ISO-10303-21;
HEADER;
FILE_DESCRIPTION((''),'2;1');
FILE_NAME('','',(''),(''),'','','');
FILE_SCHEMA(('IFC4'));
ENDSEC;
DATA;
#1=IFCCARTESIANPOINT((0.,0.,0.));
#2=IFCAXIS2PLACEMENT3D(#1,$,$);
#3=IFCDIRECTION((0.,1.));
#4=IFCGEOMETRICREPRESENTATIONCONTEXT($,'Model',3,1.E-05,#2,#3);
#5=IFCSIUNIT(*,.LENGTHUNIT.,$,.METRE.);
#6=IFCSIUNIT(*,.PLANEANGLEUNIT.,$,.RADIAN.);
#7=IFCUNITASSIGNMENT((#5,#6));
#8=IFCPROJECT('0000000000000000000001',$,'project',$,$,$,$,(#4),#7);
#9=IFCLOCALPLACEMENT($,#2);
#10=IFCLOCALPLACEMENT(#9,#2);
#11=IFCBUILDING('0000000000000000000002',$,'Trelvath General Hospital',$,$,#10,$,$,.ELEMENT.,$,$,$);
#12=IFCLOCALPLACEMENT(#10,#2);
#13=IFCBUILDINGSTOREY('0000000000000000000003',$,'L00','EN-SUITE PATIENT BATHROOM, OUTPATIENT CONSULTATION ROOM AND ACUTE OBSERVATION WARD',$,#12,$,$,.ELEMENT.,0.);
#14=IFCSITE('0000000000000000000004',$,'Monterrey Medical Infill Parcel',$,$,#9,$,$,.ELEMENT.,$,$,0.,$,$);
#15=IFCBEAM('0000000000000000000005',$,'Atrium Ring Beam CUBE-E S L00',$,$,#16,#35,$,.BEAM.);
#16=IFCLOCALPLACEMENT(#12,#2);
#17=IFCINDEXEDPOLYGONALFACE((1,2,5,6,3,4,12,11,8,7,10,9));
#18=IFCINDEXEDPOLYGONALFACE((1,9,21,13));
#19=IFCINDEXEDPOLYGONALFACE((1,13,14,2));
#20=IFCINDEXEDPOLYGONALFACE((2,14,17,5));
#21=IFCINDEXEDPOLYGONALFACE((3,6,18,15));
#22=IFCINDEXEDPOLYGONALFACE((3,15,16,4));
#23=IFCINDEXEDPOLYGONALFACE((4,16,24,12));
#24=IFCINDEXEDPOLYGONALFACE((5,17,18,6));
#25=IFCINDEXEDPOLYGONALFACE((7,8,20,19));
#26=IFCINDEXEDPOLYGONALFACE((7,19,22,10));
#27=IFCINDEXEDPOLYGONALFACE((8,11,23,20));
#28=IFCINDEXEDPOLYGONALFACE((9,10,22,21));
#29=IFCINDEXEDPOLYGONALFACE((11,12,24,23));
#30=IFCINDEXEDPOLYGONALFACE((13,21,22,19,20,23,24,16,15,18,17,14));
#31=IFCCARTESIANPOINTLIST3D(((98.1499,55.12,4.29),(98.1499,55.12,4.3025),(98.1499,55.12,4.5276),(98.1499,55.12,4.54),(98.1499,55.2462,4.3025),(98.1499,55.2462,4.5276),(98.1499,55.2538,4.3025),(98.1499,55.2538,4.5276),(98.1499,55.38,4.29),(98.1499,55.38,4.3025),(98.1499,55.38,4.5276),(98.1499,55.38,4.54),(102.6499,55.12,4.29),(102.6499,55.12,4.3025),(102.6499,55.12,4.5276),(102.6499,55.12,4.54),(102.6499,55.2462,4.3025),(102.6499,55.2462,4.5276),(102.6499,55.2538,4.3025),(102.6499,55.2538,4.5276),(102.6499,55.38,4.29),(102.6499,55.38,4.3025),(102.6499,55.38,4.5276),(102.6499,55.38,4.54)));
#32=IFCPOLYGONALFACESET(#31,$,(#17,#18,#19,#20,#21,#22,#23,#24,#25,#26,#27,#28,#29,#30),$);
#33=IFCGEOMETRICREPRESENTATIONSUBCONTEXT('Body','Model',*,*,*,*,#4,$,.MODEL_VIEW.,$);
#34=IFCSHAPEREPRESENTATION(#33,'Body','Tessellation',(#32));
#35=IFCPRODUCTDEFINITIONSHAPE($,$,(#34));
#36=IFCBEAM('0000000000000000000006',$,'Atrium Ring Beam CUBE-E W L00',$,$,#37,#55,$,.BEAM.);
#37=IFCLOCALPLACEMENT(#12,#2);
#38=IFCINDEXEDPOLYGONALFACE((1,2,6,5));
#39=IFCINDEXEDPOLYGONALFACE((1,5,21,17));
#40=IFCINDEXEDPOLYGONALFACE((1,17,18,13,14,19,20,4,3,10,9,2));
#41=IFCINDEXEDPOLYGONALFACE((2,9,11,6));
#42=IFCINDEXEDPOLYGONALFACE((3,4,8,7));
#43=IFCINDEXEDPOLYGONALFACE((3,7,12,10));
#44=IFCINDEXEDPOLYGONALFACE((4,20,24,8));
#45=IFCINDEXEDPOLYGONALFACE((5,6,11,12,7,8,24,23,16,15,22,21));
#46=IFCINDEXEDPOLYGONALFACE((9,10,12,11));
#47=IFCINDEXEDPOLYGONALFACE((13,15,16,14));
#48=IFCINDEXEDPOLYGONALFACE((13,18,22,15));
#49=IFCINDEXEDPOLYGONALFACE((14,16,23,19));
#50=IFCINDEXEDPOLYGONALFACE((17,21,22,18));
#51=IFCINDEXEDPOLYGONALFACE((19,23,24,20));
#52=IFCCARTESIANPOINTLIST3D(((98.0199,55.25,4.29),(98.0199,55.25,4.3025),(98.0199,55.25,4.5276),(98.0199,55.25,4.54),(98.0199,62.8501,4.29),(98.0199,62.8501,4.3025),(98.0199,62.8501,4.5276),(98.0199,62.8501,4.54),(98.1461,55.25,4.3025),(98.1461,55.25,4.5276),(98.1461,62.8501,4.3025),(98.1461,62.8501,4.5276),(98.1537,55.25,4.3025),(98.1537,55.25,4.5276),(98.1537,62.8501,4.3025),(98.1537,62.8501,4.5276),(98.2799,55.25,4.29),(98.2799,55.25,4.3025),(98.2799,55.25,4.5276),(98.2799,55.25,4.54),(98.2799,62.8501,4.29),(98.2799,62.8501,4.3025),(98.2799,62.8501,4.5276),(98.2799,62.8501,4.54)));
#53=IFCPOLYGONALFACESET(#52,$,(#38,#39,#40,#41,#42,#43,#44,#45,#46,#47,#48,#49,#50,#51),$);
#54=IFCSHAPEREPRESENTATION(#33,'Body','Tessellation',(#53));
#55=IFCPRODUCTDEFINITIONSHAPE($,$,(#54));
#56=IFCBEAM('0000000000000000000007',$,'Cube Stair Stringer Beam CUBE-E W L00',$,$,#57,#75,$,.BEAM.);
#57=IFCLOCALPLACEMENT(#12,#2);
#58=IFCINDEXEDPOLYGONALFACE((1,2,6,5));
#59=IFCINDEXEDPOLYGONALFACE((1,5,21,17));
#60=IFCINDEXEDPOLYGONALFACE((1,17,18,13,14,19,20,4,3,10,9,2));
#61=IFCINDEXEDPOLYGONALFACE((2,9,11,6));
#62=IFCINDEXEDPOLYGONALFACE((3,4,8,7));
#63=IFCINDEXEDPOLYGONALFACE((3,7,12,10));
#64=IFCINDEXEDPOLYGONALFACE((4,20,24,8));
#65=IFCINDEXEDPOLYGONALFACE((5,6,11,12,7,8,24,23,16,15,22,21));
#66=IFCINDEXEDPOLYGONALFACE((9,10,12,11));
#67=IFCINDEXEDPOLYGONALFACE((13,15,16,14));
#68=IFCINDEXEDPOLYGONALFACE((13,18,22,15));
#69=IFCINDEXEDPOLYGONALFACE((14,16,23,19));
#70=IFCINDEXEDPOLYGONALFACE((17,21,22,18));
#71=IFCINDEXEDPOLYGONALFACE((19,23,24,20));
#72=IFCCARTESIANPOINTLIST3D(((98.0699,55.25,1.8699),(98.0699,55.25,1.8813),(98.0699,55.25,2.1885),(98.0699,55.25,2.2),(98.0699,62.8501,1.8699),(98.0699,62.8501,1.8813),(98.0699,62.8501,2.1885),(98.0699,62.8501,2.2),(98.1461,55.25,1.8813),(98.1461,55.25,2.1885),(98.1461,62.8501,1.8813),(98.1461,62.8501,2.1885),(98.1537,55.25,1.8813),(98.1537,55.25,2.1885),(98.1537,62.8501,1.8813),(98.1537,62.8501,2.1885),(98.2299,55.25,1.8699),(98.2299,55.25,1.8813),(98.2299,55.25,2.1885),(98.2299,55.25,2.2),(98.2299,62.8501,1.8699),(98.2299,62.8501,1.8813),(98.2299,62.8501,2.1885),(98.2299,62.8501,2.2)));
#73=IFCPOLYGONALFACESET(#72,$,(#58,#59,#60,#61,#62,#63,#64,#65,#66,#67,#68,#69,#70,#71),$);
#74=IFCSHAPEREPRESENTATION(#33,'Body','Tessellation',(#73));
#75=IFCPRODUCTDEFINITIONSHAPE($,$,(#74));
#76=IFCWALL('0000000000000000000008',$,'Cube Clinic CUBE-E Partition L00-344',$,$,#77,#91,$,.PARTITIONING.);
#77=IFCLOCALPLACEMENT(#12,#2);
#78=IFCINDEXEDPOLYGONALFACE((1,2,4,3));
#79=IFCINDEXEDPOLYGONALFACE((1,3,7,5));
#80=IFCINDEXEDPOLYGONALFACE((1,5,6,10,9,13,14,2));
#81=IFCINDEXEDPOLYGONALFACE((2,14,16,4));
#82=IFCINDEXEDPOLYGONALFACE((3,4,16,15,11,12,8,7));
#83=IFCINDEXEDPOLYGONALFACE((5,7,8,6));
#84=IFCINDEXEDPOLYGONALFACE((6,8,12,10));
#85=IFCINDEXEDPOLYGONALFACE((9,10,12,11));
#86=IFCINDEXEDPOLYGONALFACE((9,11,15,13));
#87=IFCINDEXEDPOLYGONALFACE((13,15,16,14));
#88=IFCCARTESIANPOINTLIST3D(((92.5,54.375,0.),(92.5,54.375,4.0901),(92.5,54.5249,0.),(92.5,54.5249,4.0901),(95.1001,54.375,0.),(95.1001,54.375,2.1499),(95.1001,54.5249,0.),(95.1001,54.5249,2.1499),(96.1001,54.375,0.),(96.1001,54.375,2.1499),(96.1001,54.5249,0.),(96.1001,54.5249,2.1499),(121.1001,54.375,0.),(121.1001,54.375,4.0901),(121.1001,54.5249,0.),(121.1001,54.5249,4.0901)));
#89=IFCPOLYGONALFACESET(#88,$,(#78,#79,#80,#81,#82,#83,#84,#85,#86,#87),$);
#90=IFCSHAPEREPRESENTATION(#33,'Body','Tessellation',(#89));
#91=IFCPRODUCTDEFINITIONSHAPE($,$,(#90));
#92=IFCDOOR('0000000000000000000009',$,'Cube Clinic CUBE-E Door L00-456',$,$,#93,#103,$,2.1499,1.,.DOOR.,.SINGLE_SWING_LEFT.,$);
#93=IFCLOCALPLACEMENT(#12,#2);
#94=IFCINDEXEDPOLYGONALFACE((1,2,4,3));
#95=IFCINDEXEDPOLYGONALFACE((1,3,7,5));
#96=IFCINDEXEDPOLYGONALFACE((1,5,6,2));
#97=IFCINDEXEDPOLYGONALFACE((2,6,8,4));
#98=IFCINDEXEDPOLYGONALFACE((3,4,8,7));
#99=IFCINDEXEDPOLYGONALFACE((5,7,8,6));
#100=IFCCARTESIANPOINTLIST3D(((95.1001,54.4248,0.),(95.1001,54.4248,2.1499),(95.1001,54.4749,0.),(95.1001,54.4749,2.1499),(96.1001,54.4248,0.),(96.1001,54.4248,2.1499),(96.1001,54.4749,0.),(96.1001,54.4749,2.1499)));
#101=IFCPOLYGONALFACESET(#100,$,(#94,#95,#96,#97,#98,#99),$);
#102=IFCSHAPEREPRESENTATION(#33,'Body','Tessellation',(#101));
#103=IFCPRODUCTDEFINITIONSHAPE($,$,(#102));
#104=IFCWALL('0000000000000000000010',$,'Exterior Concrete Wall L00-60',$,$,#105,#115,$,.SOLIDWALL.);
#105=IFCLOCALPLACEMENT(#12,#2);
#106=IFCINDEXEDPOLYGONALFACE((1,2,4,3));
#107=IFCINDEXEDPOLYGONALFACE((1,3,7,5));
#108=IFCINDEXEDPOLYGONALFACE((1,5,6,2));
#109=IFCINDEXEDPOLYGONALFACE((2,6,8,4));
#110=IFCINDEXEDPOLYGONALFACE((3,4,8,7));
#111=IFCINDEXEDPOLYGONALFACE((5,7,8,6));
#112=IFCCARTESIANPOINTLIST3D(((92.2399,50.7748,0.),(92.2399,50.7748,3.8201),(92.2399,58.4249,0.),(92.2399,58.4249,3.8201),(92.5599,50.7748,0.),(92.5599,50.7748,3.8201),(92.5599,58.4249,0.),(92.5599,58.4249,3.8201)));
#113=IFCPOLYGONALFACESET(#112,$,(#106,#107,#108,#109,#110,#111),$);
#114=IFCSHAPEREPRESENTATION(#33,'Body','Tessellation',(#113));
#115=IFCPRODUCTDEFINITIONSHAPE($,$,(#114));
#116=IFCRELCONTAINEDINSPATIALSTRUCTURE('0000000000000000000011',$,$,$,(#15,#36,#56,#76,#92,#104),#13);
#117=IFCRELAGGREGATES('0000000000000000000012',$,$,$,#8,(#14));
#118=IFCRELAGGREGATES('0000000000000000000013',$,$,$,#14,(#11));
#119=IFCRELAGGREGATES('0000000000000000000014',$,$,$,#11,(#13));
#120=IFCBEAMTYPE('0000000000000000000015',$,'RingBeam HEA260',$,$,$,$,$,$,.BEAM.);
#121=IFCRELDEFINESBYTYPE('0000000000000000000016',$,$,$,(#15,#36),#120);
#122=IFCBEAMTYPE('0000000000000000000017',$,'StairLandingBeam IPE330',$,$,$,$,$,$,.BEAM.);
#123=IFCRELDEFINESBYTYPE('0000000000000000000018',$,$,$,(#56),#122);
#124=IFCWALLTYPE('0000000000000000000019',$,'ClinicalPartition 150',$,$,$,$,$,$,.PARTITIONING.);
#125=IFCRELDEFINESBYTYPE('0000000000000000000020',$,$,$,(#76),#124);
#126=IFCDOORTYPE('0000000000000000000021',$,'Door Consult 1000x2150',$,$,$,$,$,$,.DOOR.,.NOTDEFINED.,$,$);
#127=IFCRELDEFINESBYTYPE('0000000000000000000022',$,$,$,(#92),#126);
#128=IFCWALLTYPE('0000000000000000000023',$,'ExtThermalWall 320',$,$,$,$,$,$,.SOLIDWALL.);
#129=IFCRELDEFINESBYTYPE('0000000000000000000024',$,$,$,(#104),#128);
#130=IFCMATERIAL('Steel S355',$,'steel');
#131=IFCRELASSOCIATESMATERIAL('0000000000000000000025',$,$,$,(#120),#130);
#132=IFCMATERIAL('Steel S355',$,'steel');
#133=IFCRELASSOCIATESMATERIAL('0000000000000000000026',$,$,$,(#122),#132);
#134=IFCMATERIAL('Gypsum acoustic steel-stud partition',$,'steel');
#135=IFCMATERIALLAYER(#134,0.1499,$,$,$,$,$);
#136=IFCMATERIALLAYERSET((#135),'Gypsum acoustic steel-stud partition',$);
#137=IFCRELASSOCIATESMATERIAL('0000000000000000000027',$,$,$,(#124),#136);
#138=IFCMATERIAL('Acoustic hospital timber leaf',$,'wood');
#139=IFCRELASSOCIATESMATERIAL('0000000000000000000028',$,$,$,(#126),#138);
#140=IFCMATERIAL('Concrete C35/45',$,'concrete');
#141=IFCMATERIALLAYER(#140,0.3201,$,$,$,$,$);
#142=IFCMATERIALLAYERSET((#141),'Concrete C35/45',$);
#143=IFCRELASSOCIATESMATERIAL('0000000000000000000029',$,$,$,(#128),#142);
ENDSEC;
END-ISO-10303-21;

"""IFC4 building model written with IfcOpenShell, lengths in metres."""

from ifc_helpers import new_model, si_unit, direction, frame, frame_2d, origin, origin_2d, place, context, subcontext, project, spatial, rectangle, i_section, extrude, material, layer, layer_set, material_profile, profile_set, type_object, element, fill, save


model = new_model("IFC4")

# Units and contexts
model_context = context("Model", 3, precision=1e-05, world=origin(), true_north=direction((0.0, 1.0)))
body_context = subcontext(model_context, "Body", "Model", "MODEL_VIEW")
ifc_project = project(units=[si_unit("LENGTHUNIT", "METRE"), si_unit("PLANEANGLEUNIT", "RADIAN")], contexts=[model_context])

# Site, building, storey
site_placement = place(None, origin())
site = spatial("IfcSite", under=ifc_project, at=site_placement, Name="Monterrey Medical Infill Parcel", CompositionType="ELEMENT", RefElevation=0.0)
building_placement = place(site_placement, origin())
building = spatial("IfcBuilding", under=site, at=building_placement, Name="Trelvath General Hospital", CompositionType="ELEMENT")
storey_placement = place(building_placement, origin())
storey = spatial("IfcBuildingStorey", under=building, at=storey_placement, Name="L00", Description="EN-SUITE PATIENT BATHROOM, OUTPATIENT CONSULTATION ROOM AND ACUTE OBSERVATION WARD", CompositionType="ELEMENT", Elevation=0.0)

# Beams
ifc_material_1 = material(Name="Steel S355", Category="steel")
ifc_material_profile_1 = material_profile(ifc_material_1, i_section(OverallWidth=0.26, OverallDepth=0.25, WebThickness=0.0076, FlangeThickness=0.0125, at=origin_2d()), Name="HEA260")
ifc_profile_set_1 = profile_set([ifc_material_profile_1], Name="Steel S355")
beam_type_1 = type_object("IfcBeamType", Name="RingBeam HEA260", PredefinedType="BEAM", material=ifc_profile_set_1)
beam_1_placement = place(storey_placement, frame((98.1499, 55.25, 4.415), z_axis=(1.0, 0.0, 0.0), x_axis=(0.0, 1.0, 0.0)))
element("IfcBeam", 1, at=beam_1_placement, inside=storey, type_object=beam_type_1, Name="Atrium Ring Beam CUBE-E S L00", PredefinedType="BEAM", context=body_context, shape_type="SweptSolid", body=[
    extrude(i_section(OverallWidth=0.26, OverallDepth=0.25, WebThickness=0.0076, FlangeThickness=0.0125, at=origin_2d()), origin(), (0.0, 0.0, 1.0), 4.5),
])
beam_2_placement = place(storey_placement, frame((98.1499, 55.25, 4.415), z_axis=(0.0, 1.0, 0.0), x_axis=(-1.0, 0.0, 0.0)))
element("IfcBeam", 2, at=beam_2_placement, inside=storey, type_object=beam_type_1, Name="Atrium Ring Beam CUBE-E W L00", PredefinedType="BEAM", context=body_context, shape_type="SweptSolid", body=[
    extrude(i_section(OverallWidth=0.26, OverallDepth=0.25, WebThickness=0.0076, FlangeThickness=0.0125, at=origin_2d()), origin(), (0.0, 0.0, 1.0), 7.6001),
])
ifc_material_2 = material(Name="Steel S355", Category="steel")
ifc_material_profile_2 = material_profile(ifc_material_2, i_section(OverallWidth=0.1599, OverallDepth=0.3301, WebThickness=0.0076, FlangeThickness=0.0115, at=origin_2d()), Name="IPE330")
ifc_profile_set_2 = profile_set([ifc_material_profile_2], Name="Steel S355")
beam_type_2 = type_object("IfcBeamType", Name="StairLandingBeam IPE330", PredefinedType="BEAM", material=ifc_profile_set_2)
beam_3_placement = place(storey_placement, frame((98.1499, 55.25, 2.0349), z_axis=(0.0, 1.0, 0.0), x_axis=(-1.0, 0.0, 0.0)))
element("IfcBeam", 3, at=beam_3_placement, inside=storey, type_object=beam_type_2, Name="Cube Stair Stringer Beam CUBE-E W L00", PredefinedType="BEAM", context=body_context, shape_type="SweptSolid", body=[
    extrude(i_section(OverallWidth=0.1599, OverallDepth=0.3301, WebThickness=0.0076, FlangeThickness=0.0115, at=origin_2d()), origin(), (0.0, 0.0, 1.0), 7.6001),
])

# Wall, opening, door
ifc_material_3 = material(Name="Gypsum acoustic steel-stud partition", Category="steel")
ifc_layer_1 = layer(ifc_material_3, 0.1499)
ifc_layer_set_1 = layer_set([ifc_layer_1], Name="Gypsum acoustic steel-stud partition")
wall_type_1 = type_object("IfcWallType", Name="ClinicalPartition 150", PredefinedType="PARTITIONING", material=ifc_layer_set_1)
wall_1_placement = place(storey_placement, frame((92.5, 54.45, 0.0), z_axis=(0.0, 0.0, 1.0), x_axis=(1.0, 0.0, 0.0)))
wall_1 = element("IfcWall", 4, at=wall_1_placement, inside=storey, type_object=wall_type_1, Name="Cube Clinic CUBE-E Partition L00-344", PredefinedType="PARTITIONING", context=body_context, shape_type="SweptSolid", body=[
    extrude(rectangle(XDim=28.6001, YDim=0.1499, at=frame_2d((14.3, 0.0))), origin(), (0.0, 0.0, 1.0), 4.0901),
])
opening_placement = place(wall_1_placement, frame((2.6001, 0.0, 0.0)))
opening = element("IfcOpeningElement", 5, at=opening_placement, cuts=wall_1, PredefinedType="OPENING", context=body_context, shape_type="SweptSolid", body=[
    extrude(rectangle(XDim=1.0, YDim=2.1499, at=frame_2d((0.5, 1.075))), frame((0.0, 0.085, 0.0), z_axis=(0.0, -1.0, 0.0), x_axis=(1.0, 0.0, 0.0)), (0.0, 0.0, 1.0), 0.1699),
])
ifc_material_4 = material(Name="Acoustic hospital timber leaf", Category="wood")
door_type = type_object("IfcDoorType", Name="Door Consult 1000x2150", OperationType="NOTDEFINED", PredefinedType="DOOR", material=ifc_material_4)
door_placement = place(opening_placement, origin())
door = element("IfcDoor", 6, at=door_placement, inside=storey, type_object=door_type, Name="Cube Clinic CUBE-E Door L00-456", OperationType="SINGLE_SWING_LEFT", OverallHeight=2.1499, OverallWidth=1.0, PredefinedType="DOOR", context=body_context, shape_type="SweptSolid", body=[
    extrude(rectangle(XDim=1.0, YDim=2.1499, at=frame_2d((0.5, 1.075))), frame((0.0, 0.0249, 0.0), z_axis=(0.0, -1.0, 0.0), x_axis=(1.0, 0.0, 0.0)), (0.0, 0.0, 1.0), 0.05),
])
fill(opening, door)

# Wall
ifc_material_5 = material(Name="Concrete C35/45", Category="concrete")
ifc_layer_2 = layer(ifc_material_5, 0.3201)
ifc_layer_set_2 = layer_set([ifc_layer_2], Name="Concrete C35/45")
wall_type_2 = type_object("IfcWallType", Name="ExtThermalWall 320", PredefinedType="SOLIDWALL", material=ifc_layer_set_2)
wall_2_placement = place(storey_placement, frame((92.3999, 58.425, 0.0), z_axis=(0.0, 0.0, 1.0), x_axis=(0.0, -1.0, 0.0)))
element("IfcWall", 7, at=wall_2_placement, inside=storey, type_object=wall_type_2, Name="Exterior Concrete Wall L00-60", PredefinedType="SOLIDWALL", context=body_context, shape_type="SweptSolid", body=[
    extrude(rectangle(XDim=7.6501, YDim=0.3201, at=frame_2d((3.8252, 0.0))), origin(), (0.0, 0.0, 1.0), 3.8201),
])

save(model, "model.ifc")
